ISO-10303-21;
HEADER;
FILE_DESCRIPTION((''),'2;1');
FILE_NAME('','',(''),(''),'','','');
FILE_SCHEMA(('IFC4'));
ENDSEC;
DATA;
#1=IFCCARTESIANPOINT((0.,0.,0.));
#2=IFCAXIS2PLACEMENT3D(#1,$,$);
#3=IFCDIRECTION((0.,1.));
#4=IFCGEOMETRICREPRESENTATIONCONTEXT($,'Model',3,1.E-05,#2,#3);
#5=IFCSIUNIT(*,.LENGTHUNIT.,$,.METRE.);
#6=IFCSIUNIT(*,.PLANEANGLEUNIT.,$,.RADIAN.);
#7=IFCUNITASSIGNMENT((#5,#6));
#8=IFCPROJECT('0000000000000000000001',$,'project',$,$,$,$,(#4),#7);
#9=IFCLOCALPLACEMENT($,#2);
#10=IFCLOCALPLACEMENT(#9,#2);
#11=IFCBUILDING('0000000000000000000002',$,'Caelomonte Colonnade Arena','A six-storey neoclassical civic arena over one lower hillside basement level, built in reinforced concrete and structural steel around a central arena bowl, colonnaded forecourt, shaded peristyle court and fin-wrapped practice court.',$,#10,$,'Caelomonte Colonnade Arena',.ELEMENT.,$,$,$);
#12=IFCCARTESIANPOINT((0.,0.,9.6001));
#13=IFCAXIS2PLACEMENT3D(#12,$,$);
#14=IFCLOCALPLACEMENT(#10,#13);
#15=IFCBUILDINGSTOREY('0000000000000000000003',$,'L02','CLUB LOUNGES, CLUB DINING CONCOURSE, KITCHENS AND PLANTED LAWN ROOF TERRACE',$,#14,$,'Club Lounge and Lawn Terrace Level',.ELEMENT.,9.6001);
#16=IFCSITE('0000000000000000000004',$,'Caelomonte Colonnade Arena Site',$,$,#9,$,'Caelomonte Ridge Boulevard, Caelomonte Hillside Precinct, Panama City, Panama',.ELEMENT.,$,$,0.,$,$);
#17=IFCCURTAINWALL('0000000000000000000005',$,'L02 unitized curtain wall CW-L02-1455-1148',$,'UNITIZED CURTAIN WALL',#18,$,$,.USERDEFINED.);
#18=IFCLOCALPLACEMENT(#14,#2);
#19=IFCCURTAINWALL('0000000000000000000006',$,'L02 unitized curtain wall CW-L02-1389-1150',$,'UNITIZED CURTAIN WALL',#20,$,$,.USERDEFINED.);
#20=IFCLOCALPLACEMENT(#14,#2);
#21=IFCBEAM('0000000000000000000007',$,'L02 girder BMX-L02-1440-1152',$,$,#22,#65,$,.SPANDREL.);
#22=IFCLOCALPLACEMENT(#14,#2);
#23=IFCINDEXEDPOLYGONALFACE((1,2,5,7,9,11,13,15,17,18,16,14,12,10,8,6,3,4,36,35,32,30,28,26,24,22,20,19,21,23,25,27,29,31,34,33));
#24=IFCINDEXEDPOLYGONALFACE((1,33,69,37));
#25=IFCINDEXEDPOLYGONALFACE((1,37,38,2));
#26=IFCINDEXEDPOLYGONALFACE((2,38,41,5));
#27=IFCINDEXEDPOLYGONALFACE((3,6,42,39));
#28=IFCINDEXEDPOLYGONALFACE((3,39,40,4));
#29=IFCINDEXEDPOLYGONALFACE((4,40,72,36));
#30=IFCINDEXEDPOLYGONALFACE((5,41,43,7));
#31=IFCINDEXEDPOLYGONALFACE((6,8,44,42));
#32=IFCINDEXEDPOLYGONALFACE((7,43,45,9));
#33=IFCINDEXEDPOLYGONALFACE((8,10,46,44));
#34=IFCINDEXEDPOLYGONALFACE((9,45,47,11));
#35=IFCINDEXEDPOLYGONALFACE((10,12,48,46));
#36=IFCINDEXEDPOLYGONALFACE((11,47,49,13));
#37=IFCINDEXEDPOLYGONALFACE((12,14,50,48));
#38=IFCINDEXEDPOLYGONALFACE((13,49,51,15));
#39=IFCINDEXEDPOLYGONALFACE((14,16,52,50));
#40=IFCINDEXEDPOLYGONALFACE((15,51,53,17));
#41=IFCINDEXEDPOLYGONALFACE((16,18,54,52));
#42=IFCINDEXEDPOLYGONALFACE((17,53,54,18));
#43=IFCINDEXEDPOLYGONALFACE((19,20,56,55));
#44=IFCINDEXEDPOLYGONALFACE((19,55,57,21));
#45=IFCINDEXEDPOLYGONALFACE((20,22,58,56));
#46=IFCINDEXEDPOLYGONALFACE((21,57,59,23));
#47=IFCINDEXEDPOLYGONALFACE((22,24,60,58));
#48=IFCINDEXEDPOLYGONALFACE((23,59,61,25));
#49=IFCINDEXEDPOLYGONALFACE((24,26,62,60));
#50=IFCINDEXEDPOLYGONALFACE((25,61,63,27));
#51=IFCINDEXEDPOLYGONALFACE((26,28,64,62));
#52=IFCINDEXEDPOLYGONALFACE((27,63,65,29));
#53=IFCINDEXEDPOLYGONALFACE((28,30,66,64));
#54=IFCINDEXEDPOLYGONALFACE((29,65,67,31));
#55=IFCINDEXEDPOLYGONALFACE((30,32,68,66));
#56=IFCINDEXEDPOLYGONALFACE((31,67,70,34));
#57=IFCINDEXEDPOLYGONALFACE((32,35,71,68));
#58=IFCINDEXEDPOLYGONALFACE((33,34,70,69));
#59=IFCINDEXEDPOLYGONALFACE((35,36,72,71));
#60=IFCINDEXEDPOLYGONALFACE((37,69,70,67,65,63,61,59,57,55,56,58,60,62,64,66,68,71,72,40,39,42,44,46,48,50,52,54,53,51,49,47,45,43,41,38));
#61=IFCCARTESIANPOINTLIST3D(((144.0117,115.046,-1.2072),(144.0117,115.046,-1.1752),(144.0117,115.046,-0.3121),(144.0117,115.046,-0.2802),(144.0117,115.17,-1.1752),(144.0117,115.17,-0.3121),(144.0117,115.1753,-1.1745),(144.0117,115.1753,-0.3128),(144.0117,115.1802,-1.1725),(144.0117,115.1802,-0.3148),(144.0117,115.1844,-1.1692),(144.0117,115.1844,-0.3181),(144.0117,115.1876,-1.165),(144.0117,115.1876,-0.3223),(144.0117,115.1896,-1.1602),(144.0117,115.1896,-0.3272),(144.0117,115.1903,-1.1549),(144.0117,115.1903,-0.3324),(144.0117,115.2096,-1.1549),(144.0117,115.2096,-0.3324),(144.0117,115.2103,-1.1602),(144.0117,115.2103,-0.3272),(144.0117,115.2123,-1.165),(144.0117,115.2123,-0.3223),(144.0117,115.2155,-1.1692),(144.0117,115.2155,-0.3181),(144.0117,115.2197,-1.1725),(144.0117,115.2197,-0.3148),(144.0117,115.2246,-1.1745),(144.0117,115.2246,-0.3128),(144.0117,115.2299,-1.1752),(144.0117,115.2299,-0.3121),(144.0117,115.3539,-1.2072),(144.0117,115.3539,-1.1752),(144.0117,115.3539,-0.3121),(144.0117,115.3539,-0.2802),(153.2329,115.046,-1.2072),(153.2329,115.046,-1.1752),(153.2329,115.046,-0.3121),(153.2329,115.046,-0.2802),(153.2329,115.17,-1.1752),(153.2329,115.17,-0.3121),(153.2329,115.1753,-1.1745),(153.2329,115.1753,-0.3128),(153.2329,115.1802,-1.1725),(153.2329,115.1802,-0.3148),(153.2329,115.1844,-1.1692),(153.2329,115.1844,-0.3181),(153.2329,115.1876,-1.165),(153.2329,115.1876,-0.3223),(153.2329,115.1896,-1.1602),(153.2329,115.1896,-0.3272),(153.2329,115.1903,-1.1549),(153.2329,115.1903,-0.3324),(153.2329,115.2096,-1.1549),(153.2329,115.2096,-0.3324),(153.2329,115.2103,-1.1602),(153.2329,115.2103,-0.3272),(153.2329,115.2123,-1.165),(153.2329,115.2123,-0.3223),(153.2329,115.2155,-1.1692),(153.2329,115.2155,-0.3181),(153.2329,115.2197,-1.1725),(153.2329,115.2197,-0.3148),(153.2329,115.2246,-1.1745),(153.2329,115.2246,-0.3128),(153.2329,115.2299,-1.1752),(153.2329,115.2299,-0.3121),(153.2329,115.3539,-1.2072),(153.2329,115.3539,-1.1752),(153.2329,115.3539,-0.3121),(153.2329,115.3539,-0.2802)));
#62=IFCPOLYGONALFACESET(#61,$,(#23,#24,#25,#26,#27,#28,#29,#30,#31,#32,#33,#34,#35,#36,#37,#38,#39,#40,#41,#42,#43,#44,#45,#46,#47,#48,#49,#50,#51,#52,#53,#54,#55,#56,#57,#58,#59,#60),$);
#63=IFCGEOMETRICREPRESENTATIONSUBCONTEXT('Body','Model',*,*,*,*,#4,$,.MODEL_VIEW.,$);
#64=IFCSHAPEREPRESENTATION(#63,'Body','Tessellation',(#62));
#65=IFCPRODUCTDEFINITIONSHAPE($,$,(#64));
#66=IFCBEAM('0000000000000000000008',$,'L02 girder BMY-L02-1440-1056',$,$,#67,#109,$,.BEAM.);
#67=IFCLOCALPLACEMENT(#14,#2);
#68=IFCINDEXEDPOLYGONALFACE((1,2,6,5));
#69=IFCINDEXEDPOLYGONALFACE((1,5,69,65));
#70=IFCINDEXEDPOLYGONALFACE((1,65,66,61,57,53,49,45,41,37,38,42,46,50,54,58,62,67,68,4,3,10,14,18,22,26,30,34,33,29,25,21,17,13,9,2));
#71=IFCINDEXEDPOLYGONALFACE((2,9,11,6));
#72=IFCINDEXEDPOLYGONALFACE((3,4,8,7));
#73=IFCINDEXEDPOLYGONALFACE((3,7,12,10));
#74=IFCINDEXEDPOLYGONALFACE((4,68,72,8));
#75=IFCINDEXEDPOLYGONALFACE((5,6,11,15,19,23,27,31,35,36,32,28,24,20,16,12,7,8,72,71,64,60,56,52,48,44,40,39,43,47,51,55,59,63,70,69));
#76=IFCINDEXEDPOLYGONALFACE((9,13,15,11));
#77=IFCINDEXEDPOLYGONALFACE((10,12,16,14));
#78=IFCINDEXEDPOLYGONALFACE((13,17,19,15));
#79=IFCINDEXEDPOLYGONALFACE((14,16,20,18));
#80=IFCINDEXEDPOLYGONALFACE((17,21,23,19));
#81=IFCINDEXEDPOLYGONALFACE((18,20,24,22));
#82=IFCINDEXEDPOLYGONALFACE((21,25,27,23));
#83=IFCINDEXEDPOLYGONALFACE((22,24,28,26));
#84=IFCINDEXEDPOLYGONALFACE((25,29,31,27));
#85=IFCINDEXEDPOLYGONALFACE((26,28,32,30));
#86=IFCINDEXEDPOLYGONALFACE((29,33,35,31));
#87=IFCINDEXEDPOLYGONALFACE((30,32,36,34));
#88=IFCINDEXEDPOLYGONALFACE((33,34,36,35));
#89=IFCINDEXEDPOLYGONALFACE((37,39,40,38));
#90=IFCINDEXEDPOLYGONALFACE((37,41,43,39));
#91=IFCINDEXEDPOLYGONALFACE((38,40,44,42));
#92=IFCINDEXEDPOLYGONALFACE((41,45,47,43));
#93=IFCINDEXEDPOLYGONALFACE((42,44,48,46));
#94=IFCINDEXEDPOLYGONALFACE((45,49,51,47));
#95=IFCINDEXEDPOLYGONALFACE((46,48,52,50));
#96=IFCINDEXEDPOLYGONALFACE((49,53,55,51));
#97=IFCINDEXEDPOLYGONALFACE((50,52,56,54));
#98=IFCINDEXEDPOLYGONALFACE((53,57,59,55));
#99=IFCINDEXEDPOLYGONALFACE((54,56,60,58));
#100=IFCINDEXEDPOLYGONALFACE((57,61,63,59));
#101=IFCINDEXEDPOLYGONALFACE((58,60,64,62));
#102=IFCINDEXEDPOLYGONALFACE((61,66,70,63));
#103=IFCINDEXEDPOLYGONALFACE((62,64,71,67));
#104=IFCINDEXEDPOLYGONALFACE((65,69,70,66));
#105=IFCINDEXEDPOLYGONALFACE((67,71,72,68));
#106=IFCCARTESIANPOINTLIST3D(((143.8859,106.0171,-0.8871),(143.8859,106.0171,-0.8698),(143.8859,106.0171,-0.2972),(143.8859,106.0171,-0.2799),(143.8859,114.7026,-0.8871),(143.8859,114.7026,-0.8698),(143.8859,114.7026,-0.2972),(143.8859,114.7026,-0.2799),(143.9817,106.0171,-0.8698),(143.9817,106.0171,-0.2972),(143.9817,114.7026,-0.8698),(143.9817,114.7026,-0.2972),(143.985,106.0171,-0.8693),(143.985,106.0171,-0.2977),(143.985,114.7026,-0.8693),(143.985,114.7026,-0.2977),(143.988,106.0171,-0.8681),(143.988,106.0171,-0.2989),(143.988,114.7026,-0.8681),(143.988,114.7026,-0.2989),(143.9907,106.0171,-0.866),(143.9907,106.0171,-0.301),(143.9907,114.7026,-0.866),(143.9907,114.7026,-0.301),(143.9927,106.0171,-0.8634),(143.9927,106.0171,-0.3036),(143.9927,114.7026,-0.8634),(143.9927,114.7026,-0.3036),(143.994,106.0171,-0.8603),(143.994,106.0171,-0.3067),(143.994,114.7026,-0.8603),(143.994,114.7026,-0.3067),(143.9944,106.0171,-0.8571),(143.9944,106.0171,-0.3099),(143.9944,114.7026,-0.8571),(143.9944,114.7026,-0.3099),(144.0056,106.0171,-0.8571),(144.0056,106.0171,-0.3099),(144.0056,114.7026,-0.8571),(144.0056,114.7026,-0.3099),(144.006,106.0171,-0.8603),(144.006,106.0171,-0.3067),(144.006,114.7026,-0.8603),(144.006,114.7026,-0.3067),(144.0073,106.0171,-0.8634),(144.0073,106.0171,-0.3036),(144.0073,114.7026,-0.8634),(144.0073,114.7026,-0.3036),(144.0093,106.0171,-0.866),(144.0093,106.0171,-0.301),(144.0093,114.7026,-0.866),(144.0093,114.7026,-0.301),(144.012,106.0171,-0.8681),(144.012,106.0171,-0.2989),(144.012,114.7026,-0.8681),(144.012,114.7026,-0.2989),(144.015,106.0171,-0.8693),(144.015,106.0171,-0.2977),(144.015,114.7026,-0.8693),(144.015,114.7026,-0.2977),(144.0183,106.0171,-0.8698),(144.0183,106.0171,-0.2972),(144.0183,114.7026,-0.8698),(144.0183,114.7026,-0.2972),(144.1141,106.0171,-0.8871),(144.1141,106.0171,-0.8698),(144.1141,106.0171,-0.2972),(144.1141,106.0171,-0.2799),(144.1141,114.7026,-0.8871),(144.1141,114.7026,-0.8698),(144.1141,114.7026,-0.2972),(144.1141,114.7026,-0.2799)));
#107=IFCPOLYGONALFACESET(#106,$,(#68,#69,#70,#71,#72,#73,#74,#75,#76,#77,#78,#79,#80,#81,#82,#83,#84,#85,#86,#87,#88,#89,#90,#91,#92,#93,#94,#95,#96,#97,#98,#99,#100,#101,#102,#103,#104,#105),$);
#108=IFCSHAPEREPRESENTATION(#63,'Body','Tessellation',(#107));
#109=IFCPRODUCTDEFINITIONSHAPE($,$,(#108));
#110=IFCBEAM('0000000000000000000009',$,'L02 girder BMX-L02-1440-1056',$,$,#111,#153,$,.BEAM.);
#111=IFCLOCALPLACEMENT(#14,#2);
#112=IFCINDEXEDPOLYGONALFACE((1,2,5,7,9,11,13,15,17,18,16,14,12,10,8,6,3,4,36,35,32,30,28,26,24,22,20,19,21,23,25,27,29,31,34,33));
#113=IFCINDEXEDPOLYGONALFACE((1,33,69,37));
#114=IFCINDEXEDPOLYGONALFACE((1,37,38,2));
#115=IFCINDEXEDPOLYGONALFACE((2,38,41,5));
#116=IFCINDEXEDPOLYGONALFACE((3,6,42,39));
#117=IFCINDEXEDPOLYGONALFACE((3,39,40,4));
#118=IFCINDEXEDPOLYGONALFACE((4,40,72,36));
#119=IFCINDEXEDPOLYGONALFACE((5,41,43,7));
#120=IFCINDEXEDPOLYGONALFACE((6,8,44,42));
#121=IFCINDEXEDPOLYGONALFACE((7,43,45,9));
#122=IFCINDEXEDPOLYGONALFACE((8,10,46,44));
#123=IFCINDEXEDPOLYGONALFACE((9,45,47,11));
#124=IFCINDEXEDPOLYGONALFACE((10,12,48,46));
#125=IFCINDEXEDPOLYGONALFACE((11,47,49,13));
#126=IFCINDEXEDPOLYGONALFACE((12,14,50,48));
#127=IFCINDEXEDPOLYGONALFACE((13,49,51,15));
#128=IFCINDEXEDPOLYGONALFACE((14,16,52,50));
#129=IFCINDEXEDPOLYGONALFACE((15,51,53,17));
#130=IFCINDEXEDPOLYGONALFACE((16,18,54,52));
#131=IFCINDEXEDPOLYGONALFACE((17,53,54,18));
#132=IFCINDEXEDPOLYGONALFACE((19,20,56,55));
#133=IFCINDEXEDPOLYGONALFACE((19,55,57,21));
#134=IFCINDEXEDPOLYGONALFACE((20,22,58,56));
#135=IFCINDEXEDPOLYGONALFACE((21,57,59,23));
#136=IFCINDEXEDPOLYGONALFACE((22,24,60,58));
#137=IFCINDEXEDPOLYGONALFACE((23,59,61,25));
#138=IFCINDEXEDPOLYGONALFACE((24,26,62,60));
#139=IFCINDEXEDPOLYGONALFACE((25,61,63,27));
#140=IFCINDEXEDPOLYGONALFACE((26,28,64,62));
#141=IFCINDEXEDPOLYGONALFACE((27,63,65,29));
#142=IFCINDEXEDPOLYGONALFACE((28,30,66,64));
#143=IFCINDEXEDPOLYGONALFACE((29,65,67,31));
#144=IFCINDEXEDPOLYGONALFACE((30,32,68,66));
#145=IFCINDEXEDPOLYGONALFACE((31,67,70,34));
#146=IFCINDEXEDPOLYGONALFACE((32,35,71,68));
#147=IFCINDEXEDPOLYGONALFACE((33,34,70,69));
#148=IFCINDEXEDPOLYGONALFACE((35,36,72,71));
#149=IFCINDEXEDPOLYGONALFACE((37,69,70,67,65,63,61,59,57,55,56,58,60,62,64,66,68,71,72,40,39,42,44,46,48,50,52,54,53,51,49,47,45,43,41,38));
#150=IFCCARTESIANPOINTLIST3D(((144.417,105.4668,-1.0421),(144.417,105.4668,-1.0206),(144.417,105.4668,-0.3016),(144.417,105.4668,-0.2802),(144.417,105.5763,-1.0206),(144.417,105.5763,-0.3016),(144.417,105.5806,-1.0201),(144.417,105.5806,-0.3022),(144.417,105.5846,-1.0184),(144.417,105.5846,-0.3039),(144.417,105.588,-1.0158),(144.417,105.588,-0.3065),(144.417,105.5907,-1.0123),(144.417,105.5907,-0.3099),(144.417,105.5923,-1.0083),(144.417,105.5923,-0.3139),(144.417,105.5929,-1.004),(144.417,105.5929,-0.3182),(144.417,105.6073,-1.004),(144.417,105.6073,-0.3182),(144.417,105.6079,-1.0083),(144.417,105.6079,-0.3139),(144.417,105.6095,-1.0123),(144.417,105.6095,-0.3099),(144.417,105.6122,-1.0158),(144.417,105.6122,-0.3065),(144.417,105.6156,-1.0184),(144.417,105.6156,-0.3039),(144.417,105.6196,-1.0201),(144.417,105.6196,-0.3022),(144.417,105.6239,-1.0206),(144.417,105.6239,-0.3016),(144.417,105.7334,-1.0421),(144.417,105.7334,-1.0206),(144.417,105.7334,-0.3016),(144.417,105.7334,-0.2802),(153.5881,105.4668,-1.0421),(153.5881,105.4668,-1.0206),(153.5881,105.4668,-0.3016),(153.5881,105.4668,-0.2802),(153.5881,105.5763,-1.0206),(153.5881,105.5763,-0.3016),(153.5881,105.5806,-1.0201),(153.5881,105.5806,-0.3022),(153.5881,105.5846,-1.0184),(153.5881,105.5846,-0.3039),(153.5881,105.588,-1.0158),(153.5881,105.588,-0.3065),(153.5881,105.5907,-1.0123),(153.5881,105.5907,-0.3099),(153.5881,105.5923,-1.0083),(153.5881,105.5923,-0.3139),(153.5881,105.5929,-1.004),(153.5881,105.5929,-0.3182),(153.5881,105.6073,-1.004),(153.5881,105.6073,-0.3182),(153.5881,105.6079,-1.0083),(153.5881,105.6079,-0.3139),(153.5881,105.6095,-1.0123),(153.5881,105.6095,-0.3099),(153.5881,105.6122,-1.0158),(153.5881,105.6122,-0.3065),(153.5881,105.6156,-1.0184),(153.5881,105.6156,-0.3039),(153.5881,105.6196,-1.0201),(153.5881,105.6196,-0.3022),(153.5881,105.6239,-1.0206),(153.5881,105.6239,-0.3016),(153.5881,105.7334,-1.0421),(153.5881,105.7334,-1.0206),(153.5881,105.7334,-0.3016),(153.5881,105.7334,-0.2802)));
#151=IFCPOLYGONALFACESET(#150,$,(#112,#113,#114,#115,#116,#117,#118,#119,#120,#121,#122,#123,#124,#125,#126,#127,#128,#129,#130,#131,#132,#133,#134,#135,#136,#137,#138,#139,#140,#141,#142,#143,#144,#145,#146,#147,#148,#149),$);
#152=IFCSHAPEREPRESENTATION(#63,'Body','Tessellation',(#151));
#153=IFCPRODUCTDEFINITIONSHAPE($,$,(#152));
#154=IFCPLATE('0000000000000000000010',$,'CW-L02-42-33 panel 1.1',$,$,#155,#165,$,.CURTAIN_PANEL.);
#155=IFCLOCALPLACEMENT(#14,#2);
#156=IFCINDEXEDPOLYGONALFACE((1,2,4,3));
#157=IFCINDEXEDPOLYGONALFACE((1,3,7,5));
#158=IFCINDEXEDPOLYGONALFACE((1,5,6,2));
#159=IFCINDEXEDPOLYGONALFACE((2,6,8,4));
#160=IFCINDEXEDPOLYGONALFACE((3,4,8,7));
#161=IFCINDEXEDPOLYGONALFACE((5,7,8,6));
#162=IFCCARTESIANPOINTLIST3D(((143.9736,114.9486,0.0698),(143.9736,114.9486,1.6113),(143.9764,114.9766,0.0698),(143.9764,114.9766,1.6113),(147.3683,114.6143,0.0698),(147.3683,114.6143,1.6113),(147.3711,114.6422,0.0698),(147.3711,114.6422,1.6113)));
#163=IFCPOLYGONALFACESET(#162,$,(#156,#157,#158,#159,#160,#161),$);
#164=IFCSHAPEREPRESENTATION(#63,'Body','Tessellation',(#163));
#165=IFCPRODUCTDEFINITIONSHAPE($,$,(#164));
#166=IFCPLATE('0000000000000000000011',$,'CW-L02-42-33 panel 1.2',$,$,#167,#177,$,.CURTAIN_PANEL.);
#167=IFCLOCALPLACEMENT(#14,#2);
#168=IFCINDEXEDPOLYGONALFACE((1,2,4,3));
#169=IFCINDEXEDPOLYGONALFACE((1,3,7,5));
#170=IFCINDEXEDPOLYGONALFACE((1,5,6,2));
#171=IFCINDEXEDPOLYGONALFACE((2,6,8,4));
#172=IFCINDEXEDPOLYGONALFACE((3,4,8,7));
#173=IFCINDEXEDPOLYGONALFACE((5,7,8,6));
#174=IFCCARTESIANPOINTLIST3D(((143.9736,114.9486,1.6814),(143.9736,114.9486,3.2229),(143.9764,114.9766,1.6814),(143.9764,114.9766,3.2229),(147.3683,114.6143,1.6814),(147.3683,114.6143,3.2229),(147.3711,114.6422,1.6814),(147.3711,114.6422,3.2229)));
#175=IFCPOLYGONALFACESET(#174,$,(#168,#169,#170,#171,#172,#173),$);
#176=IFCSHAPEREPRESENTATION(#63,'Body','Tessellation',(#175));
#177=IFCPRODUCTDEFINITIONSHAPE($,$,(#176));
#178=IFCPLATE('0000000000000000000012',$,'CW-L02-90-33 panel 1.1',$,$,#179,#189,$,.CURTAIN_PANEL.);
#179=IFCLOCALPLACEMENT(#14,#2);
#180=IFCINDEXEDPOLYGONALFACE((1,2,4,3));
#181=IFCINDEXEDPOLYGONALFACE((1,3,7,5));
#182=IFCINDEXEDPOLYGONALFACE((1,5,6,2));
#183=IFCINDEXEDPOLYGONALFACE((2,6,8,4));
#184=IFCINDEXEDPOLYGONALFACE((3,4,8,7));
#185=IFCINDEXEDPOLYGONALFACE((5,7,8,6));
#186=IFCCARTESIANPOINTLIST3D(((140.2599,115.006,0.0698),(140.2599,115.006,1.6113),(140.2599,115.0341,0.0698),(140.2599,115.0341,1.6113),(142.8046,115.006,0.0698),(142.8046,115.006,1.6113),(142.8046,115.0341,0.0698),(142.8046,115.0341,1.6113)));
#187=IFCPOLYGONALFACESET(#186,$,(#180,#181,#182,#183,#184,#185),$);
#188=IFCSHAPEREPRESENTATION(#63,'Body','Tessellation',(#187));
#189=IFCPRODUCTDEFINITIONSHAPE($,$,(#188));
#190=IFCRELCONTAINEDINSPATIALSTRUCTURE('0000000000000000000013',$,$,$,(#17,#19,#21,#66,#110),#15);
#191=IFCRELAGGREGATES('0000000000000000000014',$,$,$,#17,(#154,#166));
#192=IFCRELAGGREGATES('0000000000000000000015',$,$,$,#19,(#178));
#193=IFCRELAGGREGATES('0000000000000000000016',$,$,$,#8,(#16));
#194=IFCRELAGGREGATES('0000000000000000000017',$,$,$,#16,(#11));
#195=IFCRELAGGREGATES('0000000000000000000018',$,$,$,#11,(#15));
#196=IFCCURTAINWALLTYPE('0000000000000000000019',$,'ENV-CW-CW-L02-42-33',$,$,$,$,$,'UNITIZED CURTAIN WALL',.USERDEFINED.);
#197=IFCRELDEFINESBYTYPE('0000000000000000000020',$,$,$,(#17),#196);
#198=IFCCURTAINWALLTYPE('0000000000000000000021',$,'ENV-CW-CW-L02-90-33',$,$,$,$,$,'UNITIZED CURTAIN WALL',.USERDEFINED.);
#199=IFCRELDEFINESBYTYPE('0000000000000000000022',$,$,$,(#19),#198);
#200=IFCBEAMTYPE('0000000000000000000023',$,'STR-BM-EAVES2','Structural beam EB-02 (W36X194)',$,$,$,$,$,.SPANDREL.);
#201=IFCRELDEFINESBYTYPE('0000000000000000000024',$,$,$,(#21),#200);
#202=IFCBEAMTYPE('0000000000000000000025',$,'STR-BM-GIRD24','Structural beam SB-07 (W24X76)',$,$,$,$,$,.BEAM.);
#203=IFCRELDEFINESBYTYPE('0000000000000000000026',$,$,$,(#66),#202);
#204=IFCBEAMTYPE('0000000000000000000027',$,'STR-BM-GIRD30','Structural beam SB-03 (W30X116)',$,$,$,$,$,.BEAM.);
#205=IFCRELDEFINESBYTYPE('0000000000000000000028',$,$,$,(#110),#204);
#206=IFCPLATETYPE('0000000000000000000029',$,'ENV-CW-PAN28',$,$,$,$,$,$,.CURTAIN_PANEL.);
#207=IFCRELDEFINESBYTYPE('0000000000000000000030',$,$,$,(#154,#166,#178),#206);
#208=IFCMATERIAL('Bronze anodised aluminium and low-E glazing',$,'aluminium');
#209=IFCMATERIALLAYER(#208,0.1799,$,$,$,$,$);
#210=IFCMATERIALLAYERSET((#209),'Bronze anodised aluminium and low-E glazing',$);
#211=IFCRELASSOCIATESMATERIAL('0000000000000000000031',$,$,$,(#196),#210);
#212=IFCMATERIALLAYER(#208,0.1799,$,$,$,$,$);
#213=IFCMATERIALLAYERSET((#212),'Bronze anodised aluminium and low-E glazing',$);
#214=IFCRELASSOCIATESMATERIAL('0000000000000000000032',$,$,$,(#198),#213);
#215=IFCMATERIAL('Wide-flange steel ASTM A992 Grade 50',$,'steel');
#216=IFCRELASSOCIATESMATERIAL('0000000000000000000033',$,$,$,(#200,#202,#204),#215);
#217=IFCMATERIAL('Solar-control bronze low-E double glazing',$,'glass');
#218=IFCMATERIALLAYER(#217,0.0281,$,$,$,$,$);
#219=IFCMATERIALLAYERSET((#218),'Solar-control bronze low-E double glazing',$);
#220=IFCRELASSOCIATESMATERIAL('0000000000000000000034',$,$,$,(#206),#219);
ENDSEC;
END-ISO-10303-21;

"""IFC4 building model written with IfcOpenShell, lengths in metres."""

from ifc_helpers import new_model, si_unit, direction, frame, origin, origin_2d, place, context, subcontext, project, spatial, rectangle, i_section, extrude, material, layer, layer_set, material_profile, profile_set, type_object, element, aggregate, save


model = new_model("IFC4")

# Units and contexts
model_context = context("Model", 3, precision=1e-05, world=origin(), true_north=direction((0.0, 1.0)))
body_context = subcontext(model_context, "Body", "Model", "MODEL_VIEW")
ifc_project = project(units=[si_unit("LENGTHUNIT", "METRE"), si_unit("PLANEANGLEUNIT", "RADIAN")], contexts=[model_context])

# Site, building, storey
site_placement = place(None, origin())
site = spatial("IfcSite", under=ifc_project, at=site_placement, Name="Caelomonte Colonnade Arena Site", LongName="Caelomonte Ridge Boulevard, Caelomonte Hillside Precinct, Panama City, Panama", CompositionType="ELEMENT", RefElevation=0.0)
building_placement = place(site_placement, origin())
building = spatial("IfcBuilding", under=site, at=building_placement, Name="Caelomonte Colonnade Arena", Description="A six-storey neoclassical civic arena over one lower hillside basement level, built in reinforced concrete and structural steel around a central arena bowl, colonnaded forecourt, shaded peristyle court and fin-wrapped practice court.", LongName="Caelomonte Colonnade Arena", CompositionType="ELEMENT")
storey_placement = place(building_placement, frame((0.0, 0.0, 9.6001)))
storey = spatial("IfcBuildingStorey", under=building, at=storey_placement, Name="L02", Description="CLUB LOUNGES, CLUB DINING CONCOURSE, KITCHENS AND PLANTED LAWN ROOF TERRACE", LongName="Club Lounge and Lawn Terrace Level", CompositionType="ELEMENT", Elevation=9.6001)

# Shared definitions
ifc_material_1 = material(Name="Wide-flange steel ASTM A992 Grade 50", Category="steel")

# Curtain wall
ifc_material_2 = material(Name="Bronze anodised aluminium and low-E glazing", Category="aluminium")
ifc_layer_1 = layer(ifc_material_2, 0.1799)
ifc_layer_set_1 = layer_set([ifc_layer_1], Name="Bronze anodised aluminium and low-E glazing")
curtain_wall_type_1 = type_object("IfcCurtainWallType", Name="ENV-CW-CW-L02-42-33", ElementType="UNITIZED CURTAIN WALL", PredefinedType="USERDEFINED", material=ifc_layer_set_1)
curtain_wall_1_placement = place(storey_placement, origin())
curtain_wall_1 = element("IfcCurtainWall", 1, at=curtain_wall_1_placement, inside=storey, type_object=curtain_wall_type_1, Name="L02 unitized curtain wall CW-L02-1455-1148", ObjectType="UNITIZED CURTAIN WALL", PredefinedType="USERDEFINED")

# Curtain wall
ifc_layer_2 = layer(ifc_material_2, 0.1799)
ifc_layer_set_2 = layer_set([ifc_layer_2], Name="Bronze anodised aluminium and low-E glazing")
curtain_wall_type_2 = type_object("IfcCurtainWallType", Name="ENV-CW-CW-L02-90-33", ElementType="UNITIZED CURTAIN WALL", PredefinedType="USERDEFINED", material=ifc_layer_set_2)
curtain_wall_2_placement = place(storey_placement, origin())
curtain_wall_2 = element("IfcCurtainWall", 2, at=curtain_wall_2_placement, inside=storey, type_object=curtain_wall_type_2, Name="L02 unitized curtain wall CW-L02-1389-1150", ObjectType="UNITIZED CURTAIN WALL", PredefinedType="USERDEFINED")

# Beams
ifc_material_profile_1 = material_profile(ifc_material_1, i_section(OverallWidth=0.3079, OverallDepth=0.927, WebThickness=0.0193, FlangeThickness=0.032, FilletRadius=0.0203, at=origin_2d()), Name="W36X194")
ifc_profile_set_1 = profile_set([ifc_material_profile_1], Name="Wide-flange steel ASTM A992 Grade 50")
beam_type_1 = type_object("IfcBeamType", Name="STR-BM-EAVES2", Description="Structural beam EB-02 (W36X194)", PredefinedType="SPANDREL", material=ifc_profile_set_1)
beam_1_placement = place(storey_placement, frame((144.0117, 115.2, -0.7437), z_axis=(1.0, 0.0, 0.0), x_axis=(0.0, 1.0, 0.0)))
element("IfcBeam", 3, at=beam_1_placement, inside=storey, type_object=beam_type_1, Name="L02 girder BMX-L02-1440-1152", PredefinedType="SPANDREL", context=body_context, shape_type="SweptSolid", body=[
    extrude(i_section(OverallWidth=0.3079, OverallDepth=0.927, WebThickness=0.0193, FlangeThickness=0.032, FilletRadius=0.0203, at=origin_2d()), origin(), (0.0, 0.0, 1.0), 9.2212),
])
ifc_material_profile_2 = material_profile(ifc_material_1, i_section(OverallWidth=0.2283, OverallDepth=0.6072, WebThickness=0.0112, FlangeThickness=0.0173, FilletRadius=0.0127, at=origin_2d()), Name="W24X76")
ifc_profile_set_2 = profile_set([ifc_material_profile_2], Name="Wide-flange steel ASTM A992 Grade 50")
beam_type_2 = type_object("IfcBeamType", Name="STR-BM-GIRD24", Description="Structural beam SB-07 (W24X76)", PredefinedType="BEAM", material=ifc_profile_set_2)
beam_2_placement = place(storey_placement, frame((144.0, 106.0171, -0.5835), z_axis=(0.0, 1.0, 0.0), x_axis=(-1.0, 0.0, 0.0)))
element("IfcBeam", 4, at=beam_2_placement, inside=storey, type_object=beam_type_2, Name="L02 girder BMY-L02-1440-1056", PredefinedType="BEAM", context=body_context, shape_type="SweptSolid", body=[
    extrude(i_section(OverallWidth=0.2283, OverallDepth=0.6072, WebThickness=0.0112, FlangeThickness=0.0173, FilletRadius=0.0127, at=origin_2d()), origin(), (0.0, 0.0, 1.0), 8.6855),
])
ifc_material_profile_3 = material_profile(ifc_material_1, i_section(OverallWidth=0.2666, OverallDepth=0.762, WebThickness=0.0144, FlangeThickness=0.0215, FilletRadius=0.0166, at=origin_2d()), Name="W30X116")
ifc_profile_set_3 = profile_set([ifc_material_profile_3], Name="Wide-flange steel ASTM A992 Grade 50")
beam_type_3 = type_object("IfcBeamType", Name="STR-BM-GIRD30", Description="Structural beam SB-03 (W30X116)", PredefinedType="BEAM", material=ifc_profile_set_3)
beam_3_placement = place(storey_placement, frame((144.417, 105.6001, -0.6611), z_axis=(1.0, 0.0, 0.0), x_axis=(0.0, 1.0, 0.0)))
element("IfcBeam", 5, at=beam_3_placement, inside=storey, type_object=beam_type_3, Name="L02 girder BMX-L02-1440-1056", PredefinedType="BEAM", context=body_context, shape_type="SweptSolid", body=[
    extrude(i_section(OverallWidth=0.2666, OverallDepth=0.762, WebThickness=0.0144, FlangeThickness=0.0215, FilletRadius=0.0166, at=origin_2d()), origin(), (0.0, 0.0, 1.0), 9.1711),
])

# Plates
ifc_material_3 = material(Name="Solar-control bronze low-E double glazing", Category="glass")
ifc_layer_3 = layer(ifc_material_3, 0.0281)
ifc_layer_set_3 = layer_set([ifc_layer_3], Name="Solar-control bronze low-E double glazing")
plate_type = type_object("IfcPlateType", Name="ENV-CW-PAN28", PredefinedType="CURTAIN_PANEL", material=ifc_layer_set_3)
plate_1_placement = place(storey_placement, frame((145.6724, 114.7954, 0.0698), z_axis=(0.0, 0.0, 1.0), x_axis=(-0.995184, 0.098023, 0.0)))
plate_1 = element("IfcPlate", 6, at=plate_1_placement, type_object=plate_type, Name="CW-L02-42-33 panel 1.1", PredefinedType="CURTAIN_PANEL", context=body_context, shape_type="SweptSolid", body=[
    extrude(rectangle(XDim=3.4111, YDim=0.0281, at=origin_2d()), origin(), (0.0, 0.0, 1.0), 1.5415),
])
plate_2_placement = place(storey_placement, frame((145.6724, 114.7954, 1.6814), z_axis=(0.0, 0.0, 1.0), x_axis=(-0.995184, 0.098023, 0.0)))
plate_2 = element("IfcPlate", 7, at=plate_2_placement, type_object=plate_type, Name="CW-L02-42-33 panel 1.2", PredefinedType="CURTAIN_PANEL", context=body_context, shape_type="SweptSolid", body=[
    extrude(rectangle(XDim=3.4111, YDim=0.0281, at=origin_2d()), origin(), (0.0, 0.0, 1.0), 1.5415),
])
aggregate(curtain_wall_1, [plate_1, plate_2])
plate_3_placement = place(storey_placement, frame((141.5322, 115.02, 0.0698), z_axis=(0.0, 0.0, 1.0), x_axis=(-1.0, 0.0, 0.0)))
plate_3 = element("IfcPlate", 8, at=plate_3_placement, type_object=plate_type, Name="CW-L02-90-33 panel 1.1", PredefinedType="CURTAIN_PANEL", context=body_context, shape_type="SweptSolid", body=[
    extrude(rectangle(XDim=2.5447, YDim=0.0281, at=origin_2d()), origin(), (0.0, 0.0, 1.0), 1.5415),
])
aggregate(curtain_wall_2, [plate_3])

save(model, "model.ifc")
